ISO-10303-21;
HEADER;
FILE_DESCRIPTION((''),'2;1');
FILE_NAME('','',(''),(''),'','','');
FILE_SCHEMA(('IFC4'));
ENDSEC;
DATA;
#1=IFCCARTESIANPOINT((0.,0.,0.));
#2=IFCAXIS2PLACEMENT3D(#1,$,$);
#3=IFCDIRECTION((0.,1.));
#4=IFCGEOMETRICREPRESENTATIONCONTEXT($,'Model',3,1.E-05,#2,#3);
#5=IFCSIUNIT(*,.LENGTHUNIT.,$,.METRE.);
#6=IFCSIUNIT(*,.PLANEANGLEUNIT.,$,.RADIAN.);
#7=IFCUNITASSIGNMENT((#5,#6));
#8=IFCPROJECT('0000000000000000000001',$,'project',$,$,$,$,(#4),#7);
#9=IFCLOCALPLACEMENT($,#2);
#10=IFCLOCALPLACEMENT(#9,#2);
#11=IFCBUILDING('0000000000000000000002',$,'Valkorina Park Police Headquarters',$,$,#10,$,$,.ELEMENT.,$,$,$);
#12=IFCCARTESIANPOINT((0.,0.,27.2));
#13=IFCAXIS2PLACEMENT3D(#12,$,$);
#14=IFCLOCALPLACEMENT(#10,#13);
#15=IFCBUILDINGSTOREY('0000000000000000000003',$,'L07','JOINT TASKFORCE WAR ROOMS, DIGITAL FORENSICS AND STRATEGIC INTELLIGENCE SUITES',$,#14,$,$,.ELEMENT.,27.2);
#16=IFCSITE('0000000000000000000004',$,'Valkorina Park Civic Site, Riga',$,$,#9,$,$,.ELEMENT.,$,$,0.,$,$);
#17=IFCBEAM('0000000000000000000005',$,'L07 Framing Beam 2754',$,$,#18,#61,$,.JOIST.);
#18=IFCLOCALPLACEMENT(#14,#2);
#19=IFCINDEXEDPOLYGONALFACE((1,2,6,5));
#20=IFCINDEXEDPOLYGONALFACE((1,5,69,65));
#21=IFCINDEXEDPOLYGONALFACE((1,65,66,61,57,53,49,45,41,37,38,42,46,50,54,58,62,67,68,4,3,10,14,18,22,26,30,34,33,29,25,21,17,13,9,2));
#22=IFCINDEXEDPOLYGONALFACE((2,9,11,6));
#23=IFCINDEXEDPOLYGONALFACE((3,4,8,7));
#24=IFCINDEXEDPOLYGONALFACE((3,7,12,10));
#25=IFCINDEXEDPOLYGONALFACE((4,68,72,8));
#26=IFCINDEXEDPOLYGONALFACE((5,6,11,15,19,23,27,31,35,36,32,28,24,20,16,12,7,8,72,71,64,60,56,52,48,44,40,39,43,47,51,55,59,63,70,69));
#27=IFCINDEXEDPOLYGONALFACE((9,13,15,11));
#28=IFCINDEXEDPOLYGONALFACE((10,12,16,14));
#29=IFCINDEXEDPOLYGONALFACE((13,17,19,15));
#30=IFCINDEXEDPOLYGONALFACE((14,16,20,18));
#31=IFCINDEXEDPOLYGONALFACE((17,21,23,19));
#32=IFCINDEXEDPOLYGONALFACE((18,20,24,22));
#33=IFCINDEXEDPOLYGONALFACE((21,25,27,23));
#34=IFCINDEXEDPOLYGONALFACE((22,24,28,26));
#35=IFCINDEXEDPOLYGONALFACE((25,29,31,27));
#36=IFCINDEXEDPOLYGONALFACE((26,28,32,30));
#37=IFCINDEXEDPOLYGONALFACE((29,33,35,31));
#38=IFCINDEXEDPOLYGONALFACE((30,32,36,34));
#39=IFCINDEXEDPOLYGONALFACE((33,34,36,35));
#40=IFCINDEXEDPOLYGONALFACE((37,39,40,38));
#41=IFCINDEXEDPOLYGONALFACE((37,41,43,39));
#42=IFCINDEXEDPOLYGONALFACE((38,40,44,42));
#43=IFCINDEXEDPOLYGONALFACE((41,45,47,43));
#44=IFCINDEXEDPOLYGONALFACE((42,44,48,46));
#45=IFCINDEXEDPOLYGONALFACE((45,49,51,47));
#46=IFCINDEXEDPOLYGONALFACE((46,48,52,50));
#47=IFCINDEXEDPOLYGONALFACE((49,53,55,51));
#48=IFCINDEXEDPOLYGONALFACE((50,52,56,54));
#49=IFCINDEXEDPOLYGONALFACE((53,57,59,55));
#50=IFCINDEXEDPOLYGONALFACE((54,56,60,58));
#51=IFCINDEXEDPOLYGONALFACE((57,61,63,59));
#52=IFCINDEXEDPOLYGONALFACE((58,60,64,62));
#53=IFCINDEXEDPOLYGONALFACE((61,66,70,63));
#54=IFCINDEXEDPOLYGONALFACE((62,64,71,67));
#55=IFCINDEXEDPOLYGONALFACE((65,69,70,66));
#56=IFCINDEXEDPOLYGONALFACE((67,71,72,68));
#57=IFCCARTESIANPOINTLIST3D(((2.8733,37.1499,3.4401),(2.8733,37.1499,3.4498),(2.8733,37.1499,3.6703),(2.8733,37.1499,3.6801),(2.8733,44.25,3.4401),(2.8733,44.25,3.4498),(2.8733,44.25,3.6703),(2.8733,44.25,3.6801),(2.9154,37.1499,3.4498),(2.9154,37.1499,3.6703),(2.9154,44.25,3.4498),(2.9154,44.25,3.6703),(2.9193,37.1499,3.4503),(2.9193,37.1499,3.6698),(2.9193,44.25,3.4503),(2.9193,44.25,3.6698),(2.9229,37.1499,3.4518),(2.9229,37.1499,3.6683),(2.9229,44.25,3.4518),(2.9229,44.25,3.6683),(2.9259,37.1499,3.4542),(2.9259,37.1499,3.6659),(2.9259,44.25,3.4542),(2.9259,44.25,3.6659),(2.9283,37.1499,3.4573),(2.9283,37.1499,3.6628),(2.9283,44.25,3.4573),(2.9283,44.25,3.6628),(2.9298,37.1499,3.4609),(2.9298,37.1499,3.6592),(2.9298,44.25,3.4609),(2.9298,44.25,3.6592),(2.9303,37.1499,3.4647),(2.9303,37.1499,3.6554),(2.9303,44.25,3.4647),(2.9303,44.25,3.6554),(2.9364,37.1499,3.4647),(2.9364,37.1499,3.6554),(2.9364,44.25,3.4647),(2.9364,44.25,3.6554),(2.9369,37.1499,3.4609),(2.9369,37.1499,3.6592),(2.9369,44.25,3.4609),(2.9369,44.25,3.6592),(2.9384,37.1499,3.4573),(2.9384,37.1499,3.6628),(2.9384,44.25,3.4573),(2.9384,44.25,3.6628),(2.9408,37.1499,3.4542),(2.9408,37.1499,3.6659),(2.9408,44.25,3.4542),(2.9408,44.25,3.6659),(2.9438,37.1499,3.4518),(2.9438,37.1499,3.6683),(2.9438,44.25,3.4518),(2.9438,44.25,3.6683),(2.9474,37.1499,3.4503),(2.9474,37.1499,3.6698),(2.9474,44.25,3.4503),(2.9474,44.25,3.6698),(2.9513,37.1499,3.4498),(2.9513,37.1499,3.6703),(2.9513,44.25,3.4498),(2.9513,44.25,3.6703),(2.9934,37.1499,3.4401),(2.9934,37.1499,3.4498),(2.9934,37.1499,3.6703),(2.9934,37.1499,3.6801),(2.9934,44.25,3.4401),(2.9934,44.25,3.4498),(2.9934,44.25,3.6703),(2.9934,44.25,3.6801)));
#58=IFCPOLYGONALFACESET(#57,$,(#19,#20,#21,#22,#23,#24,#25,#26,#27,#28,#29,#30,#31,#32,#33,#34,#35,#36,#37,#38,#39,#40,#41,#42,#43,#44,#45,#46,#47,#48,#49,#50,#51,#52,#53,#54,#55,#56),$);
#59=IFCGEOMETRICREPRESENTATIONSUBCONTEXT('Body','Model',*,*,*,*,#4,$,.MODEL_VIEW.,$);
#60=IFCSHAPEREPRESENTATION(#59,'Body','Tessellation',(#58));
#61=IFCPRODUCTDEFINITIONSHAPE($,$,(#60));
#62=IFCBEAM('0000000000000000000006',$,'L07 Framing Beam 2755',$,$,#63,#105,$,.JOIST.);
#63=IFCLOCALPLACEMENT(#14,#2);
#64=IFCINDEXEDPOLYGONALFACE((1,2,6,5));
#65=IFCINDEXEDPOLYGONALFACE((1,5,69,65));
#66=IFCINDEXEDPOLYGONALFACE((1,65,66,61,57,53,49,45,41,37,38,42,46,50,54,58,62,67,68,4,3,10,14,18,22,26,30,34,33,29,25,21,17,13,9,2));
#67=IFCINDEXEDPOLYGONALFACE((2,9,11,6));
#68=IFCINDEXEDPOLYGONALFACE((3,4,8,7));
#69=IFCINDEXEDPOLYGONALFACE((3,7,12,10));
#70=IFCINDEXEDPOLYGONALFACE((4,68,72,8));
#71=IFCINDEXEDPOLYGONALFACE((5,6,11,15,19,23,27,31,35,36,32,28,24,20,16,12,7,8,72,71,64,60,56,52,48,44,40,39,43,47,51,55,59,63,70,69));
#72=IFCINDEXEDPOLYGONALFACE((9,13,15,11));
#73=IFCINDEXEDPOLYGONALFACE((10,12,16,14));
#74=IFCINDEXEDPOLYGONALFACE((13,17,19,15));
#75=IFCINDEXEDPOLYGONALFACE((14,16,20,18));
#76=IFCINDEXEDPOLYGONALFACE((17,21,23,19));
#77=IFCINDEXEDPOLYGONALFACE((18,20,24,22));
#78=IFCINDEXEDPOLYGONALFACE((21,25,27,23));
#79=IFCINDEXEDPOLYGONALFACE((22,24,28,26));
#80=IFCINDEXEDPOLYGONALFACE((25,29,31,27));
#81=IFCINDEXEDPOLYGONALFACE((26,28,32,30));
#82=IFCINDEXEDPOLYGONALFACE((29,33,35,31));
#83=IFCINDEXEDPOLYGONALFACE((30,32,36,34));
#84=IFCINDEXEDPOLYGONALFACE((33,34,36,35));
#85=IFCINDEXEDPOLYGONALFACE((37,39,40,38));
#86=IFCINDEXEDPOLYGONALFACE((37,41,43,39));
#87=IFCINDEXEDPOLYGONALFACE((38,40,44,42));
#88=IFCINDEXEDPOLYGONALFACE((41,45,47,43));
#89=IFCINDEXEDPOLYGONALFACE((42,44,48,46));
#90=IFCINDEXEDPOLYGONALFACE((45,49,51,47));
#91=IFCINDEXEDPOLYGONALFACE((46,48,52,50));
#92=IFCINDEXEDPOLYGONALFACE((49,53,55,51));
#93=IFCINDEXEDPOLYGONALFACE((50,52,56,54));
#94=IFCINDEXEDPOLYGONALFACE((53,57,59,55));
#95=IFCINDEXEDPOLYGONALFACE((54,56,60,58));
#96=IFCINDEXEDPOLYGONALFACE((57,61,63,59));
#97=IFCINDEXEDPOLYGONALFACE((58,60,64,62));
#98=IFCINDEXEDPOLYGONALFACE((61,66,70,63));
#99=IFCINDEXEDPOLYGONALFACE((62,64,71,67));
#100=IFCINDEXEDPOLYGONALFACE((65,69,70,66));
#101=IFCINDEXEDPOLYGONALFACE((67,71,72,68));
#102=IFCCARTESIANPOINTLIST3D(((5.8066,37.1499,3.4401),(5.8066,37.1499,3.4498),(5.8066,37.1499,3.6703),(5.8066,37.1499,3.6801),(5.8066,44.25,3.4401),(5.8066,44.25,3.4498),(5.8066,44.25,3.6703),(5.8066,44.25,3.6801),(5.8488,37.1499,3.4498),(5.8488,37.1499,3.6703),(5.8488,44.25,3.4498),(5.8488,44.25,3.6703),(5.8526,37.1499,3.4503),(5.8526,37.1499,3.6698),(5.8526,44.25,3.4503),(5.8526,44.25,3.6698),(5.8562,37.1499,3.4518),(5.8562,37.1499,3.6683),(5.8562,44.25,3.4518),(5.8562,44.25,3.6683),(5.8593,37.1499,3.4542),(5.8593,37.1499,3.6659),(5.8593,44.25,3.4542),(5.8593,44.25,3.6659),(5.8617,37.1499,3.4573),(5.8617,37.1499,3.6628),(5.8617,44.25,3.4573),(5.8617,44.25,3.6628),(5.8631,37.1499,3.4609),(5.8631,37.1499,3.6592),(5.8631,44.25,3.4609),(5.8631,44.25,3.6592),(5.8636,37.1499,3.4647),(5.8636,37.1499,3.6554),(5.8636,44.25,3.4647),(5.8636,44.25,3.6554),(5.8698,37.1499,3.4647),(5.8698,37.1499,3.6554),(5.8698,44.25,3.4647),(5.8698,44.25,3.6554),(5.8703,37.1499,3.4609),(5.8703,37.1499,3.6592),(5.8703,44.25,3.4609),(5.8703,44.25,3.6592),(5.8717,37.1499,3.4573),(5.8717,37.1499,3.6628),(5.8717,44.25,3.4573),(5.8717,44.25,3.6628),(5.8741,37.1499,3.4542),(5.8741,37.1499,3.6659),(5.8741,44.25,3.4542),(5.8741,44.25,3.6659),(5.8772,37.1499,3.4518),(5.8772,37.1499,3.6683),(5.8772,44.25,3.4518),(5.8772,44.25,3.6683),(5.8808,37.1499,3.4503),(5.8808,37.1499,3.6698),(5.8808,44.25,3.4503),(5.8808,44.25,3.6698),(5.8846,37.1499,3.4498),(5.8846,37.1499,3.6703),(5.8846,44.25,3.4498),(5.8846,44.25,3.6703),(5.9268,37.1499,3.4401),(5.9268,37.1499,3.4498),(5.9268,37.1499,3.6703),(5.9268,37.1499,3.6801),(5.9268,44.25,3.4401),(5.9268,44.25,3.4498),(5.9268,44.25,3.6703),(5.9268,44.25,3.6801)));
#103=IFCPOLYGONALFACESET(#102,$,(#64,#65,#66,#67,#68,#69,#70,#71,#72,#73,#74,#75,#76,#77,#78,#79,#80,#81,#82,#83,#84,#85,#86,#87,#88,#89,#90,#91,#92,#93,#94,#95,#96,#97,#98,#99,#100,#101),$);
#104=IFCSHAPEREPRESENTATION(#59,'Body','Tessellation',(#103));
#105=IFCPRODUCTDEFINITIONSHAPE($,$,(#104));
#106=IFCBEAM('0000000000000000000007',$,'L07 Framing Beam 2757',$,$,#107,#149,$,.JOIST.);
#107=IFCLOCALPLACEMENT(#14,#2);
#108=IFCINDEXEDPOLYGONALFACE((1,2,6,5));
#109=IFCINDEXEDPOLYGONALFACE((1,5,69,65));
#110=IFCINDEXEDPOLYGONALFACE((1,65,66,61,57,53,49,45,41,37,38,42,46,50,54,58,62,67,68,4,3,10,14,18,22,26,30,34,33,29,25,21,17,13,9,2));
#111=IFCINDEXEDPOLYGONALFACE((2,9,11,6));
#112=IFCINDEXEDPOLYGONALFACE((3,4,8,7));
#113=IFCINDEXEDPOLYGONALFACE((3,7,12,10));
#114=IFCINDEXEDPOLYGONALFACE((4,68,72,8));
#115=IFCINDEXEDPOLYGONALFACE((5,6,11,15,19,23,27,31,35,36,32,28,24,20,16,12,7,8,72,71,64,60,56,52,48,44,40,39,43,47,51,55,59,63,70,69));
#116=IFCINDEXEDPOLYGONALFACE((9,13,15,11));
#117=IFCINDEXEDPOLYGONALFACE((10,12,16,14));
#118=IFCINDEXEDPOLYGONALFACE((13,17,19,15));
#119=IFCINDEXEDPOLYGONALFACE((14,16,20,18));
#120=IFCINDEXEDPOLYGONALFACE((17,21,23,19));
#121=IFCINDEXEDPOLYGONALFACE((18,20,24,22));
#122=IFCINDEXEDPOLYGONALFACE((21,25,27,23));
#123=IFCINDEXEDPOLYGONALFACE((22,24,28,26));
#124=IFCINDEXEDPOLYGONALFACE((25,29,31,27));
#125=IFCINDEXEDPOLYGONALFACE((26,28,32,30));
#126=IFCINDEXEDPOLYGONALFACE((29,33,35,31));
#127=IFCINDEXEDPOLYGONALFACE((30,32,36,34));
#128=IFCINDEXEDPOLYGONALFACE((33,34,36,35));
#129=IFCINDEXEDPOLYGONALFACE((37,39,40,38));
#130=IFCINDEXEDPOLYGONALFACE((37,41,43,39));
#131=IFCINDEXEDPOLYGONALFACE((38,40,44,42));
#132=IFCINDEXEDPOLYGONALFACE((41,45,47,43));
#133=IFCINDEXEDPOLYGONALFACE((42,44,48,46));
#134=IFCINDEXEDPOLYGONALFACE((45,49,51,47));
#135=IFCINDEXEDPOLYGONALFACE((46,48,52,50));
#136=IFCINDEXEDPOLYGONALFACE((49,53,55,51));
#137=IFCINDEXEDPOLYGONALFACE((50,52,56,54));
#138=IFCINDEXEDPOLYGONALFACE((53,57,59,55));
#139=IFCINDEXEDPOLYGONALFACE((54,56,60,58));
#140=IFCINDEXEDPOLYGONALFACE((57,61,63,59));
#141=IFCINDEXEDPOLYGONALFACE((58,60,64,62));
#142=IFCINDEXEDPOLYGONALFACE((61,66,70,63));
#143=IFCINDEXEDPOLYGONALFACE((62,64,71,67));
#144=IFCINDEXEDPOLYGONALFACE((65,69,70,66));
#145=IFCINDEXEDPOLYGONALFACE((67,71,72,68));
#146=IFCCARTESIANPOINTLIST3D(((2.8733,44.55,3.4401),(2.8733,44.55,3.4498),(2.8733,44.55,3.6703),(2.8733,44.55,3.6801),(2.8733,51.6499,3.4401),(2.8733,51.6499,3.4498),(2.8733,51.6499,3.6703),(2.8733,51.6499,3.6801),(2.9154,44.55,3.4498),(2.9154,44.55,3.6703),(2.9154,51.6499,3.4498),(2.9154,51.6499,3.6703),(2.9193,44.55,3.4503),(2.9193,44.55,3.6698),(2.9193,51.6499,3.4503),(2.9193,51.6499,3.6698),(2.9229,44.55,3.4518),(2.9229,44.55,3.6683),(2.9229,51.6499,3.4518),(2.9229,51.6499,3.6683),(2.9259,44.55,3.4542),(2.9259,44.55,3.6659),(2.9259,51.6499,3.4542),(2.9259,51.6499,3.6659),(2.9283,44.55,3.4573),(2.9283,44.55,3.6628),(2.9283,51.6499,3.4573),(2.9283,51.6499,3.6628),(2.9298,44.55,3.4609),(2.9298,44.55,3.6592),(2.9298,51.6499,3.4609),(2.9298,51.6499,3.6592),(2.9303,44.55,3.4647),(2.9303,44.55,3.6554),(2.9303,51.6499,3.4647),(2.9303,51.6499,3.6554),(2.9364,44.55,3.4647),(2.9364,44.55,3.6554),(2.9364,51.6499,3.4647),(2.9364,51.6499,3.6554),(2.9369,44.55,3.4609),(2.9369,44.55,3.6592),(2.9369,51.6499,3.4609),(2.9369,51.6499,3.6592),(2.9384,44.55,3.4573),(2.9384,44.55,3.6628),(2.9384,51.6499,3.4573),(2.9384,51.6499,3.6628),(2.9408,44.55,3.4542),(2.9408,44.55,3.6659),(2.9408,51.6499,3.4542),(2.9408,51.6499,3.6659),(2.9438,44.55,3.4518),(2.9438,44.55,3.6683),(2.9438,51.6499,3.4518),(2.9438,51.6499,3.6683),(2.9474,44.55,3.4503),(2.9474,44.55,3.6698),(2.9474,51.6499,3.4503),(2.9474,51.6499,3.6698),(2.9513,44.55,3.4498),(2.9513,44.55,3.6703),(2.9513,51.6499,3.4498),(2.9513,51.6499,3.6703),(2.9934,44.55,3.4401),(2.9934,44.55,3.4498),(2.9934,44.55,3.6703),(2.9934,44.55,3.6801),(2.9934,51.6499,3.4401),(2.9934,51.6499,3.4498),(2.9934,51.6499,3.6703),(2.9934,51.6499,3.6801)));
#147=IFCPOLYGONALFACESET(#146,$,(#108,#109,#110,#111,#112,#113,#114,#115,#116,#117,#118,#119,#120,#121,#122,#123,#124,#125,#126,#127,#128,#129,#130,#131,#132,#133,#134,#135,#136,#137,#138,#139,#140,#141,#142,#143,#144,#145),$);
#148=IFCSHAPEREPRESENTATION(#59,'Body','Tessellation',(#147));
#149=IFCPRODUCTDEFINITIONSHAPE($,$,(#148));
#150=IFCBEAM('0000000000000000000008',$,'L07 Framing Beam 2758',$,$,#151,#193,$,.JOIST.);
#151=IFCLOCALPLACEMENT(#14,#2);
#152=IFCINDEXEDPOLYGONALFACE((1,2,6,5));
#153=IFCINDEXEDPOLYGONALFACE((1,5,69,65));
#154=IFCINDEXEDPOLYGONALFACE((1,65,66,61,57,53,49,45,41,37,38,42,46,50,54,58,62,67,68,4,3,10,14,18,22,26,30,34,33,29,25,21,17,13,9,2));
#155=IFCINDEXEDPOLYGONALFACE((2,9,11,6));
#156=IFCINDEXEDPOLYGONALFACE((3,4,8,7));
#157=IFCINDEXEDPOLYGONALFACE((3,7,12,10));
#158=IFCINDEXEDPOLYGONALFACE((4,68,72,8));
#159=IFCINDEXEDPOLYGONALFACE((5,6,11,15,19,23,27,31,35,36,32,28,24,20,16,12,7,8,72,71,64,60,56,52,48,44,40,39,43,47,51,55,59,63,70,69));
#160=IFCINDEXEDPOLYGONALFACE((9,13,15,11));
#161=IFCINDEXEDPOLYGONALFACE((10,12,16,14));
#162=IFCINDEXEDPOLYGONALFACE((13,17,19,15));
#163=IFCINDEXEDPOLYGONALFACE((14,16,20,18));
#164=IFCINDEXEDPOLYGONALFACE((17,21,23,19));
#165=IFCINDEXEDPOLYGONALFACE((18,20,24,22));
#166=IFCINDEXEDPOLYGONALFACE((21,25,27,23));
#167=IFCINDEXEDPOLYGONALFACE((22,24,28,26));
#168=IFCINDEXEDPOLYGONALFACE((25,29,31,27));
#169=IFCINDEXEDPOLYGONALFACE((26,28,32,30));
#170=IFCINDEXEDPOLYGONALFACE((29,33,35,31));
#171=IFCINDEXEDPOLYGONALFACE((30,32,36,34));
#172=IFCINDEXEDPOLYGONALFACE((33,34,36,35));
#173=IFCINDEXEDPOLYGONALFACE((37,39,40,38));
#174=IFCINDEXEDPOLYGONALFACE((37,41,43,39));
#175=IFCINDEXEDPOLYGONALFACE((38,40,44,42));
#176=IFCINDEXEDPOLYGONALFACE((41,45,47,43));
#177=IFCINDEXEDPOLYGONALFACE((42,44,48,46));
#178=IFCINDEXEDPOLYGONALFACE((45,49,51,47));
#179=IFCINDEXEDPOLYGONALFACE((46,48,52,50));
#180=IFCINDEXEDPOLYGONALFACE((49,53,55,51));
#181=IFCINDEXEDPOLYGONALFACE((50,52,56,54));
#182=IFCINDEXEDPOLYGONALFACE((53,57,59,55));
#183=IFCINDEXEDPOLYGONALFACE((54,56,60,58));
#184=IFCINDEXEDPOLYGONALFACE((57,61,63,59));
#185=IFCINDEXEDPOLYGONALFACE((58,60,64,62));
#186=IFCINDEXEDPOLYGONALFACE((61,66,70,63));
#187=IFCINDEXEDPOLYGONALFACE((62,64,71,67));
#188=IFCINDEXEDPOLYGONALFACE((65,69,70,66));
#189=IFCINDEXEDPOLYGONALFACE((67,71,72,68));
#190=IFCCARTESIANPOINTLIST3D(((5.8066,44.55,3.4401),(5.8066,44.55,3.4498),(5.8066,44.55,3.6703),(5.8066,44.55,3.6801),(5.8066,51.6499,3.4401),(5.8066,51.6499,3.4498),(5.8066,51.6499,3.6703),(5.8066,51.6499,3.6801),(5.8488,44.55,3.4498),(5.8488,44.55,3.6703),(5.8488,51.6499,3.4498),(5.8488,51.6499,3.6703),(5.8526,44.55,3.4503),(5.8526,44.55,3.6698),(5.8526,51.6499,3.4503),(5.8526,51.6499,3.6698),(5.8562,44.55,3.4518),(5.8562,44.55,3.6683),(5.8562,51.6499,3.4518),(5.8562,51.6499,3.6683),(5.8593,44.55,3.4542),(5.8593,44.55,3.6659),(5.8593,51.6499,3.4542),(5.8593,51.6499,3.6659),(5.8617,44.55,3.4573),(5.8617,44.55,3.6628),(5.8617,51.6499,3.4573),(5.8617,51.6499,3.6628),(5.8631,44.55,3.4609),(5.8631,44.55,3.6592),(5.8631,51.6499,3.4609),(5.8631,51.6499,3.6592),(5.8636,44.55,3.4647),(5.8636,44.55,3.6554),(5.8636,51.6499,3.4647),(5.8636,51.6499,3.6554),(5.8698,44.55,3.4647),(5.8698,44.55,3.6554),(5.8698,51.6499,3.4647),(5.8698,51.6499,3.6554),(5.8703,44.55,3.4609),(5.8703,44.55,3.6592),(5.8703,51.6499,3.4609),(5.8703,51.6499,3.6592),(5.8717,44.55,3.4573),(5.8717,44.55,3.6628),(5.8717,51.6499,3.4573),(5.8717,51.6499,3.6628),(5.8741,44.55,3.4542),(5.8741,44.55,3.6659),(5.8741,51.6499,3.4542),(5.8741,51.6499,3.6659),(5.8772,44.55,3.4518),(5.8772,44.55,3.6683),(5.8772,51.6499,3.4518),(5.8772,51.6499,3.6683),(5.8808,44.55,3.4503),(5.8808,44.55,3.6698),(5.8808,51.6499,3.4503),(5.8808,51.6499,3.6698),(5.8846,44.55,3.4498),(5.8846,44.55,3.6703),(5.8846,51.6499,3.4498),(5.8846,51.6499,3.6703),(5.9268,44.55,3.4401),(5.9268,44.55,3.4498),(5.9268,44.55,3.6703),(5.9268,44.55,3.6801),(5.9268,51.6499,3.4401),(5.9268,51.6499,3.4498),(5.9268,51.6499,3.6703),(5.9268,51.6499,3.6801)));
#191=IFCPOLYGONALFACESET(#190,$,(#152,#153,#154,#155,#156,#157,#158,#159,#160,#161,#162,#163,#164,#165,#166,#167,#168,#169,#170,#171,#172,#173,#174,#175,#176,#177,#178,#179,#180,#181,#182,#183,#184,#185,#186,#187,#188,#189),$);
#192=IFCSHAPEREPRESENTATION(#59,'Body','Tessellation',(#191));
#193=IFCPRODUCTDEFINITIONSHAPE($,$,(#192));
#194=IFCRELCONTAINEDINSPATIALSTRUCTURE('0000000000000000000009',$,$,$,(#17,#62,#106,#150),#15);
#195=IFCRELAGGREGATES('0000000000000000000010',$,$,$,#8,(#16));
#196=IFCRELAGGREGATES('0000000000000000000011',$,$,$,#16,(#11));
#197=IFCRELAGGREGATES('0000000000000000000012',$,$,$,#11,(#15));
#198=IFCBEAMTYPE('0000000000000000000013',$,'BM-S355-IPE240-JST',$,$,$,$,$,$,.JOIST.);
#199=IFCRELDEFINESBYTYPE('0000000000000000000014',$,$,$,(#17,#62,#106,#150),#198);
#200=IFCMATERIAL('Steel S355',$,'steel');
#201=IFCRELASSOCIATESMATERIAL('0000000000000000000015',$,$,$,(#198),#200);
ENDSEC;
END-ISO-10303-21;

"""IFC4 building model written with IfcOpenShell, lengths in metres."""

from ifc_helpers import new_model, si_unit, direction, frame, origin, origin_2d, place, context, subcontext, project, spatial, i_section, extrude, material, material_profile, profile_set, type_object, element, save


model = new_model("IFC4")

# Units and contexts
model_context = context("Model", 3, precision=1e-05, world=origin(), true_north=direction((0.0, 1.0)))
body_context = subcontext(model_context, "Body", "Model", "MODEL_VIEW")
ifc_project = project(units=[si_unit("LENGTHUNIT", "METRE"), si_unit("PLANEANGLEUNIT", "RADIAN")], contexts=[model_context])

# Site, building, storey
site_placement = place(None, origin())
site = spatial("IfcSite", under=ifc_project, at=site_placement, Name="Valkorina Park Civic Site, Riga", CompositionType="ELEMENT", RefElevation=0.0)
building_placement = place(site_placement, origin())
building = spatial("IfcBuilding", under=site, at=building_placement, Name="Valkorina Park Police Headquarters", CompositionType="ELEMENT")
storey_placement = place(building_placement, frame((0.0, 0.0, 27.2)))
storey = spatial("IfcBuildingStorey", under=building, at=storey_placement, Name="L07", Description="JOINT TASKFORCE WAR ROOMS, DIGITAL FORENSICS AND STRATEGIC INTELLIGENCE SUITES", CompositionType="ELEMENT", Elevation=27.2)

# Shared definitions
ifc_material_1 = material(Name="Steel S355", Category="steel")

# Beams
ifc_material_profile_1 = material_profile(ifc_material_1, i_section(OverallWidth=0.1201, OverallDepth=0.24, WebThickness=0.0061, FlangeThickness=0.0098, FilletRadius=0.0149, at=origin_2d()), Name="IPE 240")
ifc_profile_set_1 = profile_set([ifc_material_profile_1], Name="Steel S355")
beam_type_1 = type_object("IfcBeamType", Name="BM-S355-IPE240-JST", PredefinedType="JOIST", material=ifc_profile_set_1)
for number, where, z_axis, x_axis, name in (
    (1, (2.9333, 37.1499, 3.5601), (0.0, 1.0, 0.0), (-1.0, 0.0, 0.0), "L07 Framing Beam 2754"),
    (2, (5.8667, 37.1499, 3.5601), (0.0, 1.0, 0.0), (-1.0, 0.0, 0.0), "L07 Framing Beam 2755"),
):
    element("IfcBeam", number, at=place(storey_placement, frame(where, z_axis=z_axis, x_axis=x_axis)), inside=storey, type_object=beam_type_1, Name=name, PredefinedType="JOIST", context=body_context, shape_type="SweptSolid", body=[
        extrude(i_section(OverallWidth=0.1201, OverallDepth=0.24, WebThickness=0.0061, FlangeThickness=0.0098, FilletRadius=0.0149, at=origin_2d()), origin(), (0.0, 0.0, 1.0), 7.1001),
    ])
for number, where, z_axis, x_axis, name in (
    (3, (2.9333, 44.55, 3.5601), (0.0, 1.0, 0.0), (-1.0, 0.0, 0.0), "L07 Framing Beam 2757"),
    (4, (5.8667, 44.55, 3.5601), (0.0, 1.0, 0.0), (-1.0, 0.0, 0.0), "L07 Framing Beam 2758"),
):
    element("IfcBeam", number, at=place(storey_placement, frame(where, z_axis=z_axis, x_axis=x_axis)), inside=storey, type_object=beam_type_1, Name=name, PredefinedType="JOIST", context=body_context, shape_type="SweptSolid", body=[
        extrude(i_section(OverallWidth=0.1201, OverallDepth=0.24, WebThickness=0.0061, FlangeThickness=0.0098, FilletRadius=0.0149, at=origin_2d()), origin(), (0.0, 0.0, 1.0), 7.0999),
    ])

save(model, "model.ifc")
